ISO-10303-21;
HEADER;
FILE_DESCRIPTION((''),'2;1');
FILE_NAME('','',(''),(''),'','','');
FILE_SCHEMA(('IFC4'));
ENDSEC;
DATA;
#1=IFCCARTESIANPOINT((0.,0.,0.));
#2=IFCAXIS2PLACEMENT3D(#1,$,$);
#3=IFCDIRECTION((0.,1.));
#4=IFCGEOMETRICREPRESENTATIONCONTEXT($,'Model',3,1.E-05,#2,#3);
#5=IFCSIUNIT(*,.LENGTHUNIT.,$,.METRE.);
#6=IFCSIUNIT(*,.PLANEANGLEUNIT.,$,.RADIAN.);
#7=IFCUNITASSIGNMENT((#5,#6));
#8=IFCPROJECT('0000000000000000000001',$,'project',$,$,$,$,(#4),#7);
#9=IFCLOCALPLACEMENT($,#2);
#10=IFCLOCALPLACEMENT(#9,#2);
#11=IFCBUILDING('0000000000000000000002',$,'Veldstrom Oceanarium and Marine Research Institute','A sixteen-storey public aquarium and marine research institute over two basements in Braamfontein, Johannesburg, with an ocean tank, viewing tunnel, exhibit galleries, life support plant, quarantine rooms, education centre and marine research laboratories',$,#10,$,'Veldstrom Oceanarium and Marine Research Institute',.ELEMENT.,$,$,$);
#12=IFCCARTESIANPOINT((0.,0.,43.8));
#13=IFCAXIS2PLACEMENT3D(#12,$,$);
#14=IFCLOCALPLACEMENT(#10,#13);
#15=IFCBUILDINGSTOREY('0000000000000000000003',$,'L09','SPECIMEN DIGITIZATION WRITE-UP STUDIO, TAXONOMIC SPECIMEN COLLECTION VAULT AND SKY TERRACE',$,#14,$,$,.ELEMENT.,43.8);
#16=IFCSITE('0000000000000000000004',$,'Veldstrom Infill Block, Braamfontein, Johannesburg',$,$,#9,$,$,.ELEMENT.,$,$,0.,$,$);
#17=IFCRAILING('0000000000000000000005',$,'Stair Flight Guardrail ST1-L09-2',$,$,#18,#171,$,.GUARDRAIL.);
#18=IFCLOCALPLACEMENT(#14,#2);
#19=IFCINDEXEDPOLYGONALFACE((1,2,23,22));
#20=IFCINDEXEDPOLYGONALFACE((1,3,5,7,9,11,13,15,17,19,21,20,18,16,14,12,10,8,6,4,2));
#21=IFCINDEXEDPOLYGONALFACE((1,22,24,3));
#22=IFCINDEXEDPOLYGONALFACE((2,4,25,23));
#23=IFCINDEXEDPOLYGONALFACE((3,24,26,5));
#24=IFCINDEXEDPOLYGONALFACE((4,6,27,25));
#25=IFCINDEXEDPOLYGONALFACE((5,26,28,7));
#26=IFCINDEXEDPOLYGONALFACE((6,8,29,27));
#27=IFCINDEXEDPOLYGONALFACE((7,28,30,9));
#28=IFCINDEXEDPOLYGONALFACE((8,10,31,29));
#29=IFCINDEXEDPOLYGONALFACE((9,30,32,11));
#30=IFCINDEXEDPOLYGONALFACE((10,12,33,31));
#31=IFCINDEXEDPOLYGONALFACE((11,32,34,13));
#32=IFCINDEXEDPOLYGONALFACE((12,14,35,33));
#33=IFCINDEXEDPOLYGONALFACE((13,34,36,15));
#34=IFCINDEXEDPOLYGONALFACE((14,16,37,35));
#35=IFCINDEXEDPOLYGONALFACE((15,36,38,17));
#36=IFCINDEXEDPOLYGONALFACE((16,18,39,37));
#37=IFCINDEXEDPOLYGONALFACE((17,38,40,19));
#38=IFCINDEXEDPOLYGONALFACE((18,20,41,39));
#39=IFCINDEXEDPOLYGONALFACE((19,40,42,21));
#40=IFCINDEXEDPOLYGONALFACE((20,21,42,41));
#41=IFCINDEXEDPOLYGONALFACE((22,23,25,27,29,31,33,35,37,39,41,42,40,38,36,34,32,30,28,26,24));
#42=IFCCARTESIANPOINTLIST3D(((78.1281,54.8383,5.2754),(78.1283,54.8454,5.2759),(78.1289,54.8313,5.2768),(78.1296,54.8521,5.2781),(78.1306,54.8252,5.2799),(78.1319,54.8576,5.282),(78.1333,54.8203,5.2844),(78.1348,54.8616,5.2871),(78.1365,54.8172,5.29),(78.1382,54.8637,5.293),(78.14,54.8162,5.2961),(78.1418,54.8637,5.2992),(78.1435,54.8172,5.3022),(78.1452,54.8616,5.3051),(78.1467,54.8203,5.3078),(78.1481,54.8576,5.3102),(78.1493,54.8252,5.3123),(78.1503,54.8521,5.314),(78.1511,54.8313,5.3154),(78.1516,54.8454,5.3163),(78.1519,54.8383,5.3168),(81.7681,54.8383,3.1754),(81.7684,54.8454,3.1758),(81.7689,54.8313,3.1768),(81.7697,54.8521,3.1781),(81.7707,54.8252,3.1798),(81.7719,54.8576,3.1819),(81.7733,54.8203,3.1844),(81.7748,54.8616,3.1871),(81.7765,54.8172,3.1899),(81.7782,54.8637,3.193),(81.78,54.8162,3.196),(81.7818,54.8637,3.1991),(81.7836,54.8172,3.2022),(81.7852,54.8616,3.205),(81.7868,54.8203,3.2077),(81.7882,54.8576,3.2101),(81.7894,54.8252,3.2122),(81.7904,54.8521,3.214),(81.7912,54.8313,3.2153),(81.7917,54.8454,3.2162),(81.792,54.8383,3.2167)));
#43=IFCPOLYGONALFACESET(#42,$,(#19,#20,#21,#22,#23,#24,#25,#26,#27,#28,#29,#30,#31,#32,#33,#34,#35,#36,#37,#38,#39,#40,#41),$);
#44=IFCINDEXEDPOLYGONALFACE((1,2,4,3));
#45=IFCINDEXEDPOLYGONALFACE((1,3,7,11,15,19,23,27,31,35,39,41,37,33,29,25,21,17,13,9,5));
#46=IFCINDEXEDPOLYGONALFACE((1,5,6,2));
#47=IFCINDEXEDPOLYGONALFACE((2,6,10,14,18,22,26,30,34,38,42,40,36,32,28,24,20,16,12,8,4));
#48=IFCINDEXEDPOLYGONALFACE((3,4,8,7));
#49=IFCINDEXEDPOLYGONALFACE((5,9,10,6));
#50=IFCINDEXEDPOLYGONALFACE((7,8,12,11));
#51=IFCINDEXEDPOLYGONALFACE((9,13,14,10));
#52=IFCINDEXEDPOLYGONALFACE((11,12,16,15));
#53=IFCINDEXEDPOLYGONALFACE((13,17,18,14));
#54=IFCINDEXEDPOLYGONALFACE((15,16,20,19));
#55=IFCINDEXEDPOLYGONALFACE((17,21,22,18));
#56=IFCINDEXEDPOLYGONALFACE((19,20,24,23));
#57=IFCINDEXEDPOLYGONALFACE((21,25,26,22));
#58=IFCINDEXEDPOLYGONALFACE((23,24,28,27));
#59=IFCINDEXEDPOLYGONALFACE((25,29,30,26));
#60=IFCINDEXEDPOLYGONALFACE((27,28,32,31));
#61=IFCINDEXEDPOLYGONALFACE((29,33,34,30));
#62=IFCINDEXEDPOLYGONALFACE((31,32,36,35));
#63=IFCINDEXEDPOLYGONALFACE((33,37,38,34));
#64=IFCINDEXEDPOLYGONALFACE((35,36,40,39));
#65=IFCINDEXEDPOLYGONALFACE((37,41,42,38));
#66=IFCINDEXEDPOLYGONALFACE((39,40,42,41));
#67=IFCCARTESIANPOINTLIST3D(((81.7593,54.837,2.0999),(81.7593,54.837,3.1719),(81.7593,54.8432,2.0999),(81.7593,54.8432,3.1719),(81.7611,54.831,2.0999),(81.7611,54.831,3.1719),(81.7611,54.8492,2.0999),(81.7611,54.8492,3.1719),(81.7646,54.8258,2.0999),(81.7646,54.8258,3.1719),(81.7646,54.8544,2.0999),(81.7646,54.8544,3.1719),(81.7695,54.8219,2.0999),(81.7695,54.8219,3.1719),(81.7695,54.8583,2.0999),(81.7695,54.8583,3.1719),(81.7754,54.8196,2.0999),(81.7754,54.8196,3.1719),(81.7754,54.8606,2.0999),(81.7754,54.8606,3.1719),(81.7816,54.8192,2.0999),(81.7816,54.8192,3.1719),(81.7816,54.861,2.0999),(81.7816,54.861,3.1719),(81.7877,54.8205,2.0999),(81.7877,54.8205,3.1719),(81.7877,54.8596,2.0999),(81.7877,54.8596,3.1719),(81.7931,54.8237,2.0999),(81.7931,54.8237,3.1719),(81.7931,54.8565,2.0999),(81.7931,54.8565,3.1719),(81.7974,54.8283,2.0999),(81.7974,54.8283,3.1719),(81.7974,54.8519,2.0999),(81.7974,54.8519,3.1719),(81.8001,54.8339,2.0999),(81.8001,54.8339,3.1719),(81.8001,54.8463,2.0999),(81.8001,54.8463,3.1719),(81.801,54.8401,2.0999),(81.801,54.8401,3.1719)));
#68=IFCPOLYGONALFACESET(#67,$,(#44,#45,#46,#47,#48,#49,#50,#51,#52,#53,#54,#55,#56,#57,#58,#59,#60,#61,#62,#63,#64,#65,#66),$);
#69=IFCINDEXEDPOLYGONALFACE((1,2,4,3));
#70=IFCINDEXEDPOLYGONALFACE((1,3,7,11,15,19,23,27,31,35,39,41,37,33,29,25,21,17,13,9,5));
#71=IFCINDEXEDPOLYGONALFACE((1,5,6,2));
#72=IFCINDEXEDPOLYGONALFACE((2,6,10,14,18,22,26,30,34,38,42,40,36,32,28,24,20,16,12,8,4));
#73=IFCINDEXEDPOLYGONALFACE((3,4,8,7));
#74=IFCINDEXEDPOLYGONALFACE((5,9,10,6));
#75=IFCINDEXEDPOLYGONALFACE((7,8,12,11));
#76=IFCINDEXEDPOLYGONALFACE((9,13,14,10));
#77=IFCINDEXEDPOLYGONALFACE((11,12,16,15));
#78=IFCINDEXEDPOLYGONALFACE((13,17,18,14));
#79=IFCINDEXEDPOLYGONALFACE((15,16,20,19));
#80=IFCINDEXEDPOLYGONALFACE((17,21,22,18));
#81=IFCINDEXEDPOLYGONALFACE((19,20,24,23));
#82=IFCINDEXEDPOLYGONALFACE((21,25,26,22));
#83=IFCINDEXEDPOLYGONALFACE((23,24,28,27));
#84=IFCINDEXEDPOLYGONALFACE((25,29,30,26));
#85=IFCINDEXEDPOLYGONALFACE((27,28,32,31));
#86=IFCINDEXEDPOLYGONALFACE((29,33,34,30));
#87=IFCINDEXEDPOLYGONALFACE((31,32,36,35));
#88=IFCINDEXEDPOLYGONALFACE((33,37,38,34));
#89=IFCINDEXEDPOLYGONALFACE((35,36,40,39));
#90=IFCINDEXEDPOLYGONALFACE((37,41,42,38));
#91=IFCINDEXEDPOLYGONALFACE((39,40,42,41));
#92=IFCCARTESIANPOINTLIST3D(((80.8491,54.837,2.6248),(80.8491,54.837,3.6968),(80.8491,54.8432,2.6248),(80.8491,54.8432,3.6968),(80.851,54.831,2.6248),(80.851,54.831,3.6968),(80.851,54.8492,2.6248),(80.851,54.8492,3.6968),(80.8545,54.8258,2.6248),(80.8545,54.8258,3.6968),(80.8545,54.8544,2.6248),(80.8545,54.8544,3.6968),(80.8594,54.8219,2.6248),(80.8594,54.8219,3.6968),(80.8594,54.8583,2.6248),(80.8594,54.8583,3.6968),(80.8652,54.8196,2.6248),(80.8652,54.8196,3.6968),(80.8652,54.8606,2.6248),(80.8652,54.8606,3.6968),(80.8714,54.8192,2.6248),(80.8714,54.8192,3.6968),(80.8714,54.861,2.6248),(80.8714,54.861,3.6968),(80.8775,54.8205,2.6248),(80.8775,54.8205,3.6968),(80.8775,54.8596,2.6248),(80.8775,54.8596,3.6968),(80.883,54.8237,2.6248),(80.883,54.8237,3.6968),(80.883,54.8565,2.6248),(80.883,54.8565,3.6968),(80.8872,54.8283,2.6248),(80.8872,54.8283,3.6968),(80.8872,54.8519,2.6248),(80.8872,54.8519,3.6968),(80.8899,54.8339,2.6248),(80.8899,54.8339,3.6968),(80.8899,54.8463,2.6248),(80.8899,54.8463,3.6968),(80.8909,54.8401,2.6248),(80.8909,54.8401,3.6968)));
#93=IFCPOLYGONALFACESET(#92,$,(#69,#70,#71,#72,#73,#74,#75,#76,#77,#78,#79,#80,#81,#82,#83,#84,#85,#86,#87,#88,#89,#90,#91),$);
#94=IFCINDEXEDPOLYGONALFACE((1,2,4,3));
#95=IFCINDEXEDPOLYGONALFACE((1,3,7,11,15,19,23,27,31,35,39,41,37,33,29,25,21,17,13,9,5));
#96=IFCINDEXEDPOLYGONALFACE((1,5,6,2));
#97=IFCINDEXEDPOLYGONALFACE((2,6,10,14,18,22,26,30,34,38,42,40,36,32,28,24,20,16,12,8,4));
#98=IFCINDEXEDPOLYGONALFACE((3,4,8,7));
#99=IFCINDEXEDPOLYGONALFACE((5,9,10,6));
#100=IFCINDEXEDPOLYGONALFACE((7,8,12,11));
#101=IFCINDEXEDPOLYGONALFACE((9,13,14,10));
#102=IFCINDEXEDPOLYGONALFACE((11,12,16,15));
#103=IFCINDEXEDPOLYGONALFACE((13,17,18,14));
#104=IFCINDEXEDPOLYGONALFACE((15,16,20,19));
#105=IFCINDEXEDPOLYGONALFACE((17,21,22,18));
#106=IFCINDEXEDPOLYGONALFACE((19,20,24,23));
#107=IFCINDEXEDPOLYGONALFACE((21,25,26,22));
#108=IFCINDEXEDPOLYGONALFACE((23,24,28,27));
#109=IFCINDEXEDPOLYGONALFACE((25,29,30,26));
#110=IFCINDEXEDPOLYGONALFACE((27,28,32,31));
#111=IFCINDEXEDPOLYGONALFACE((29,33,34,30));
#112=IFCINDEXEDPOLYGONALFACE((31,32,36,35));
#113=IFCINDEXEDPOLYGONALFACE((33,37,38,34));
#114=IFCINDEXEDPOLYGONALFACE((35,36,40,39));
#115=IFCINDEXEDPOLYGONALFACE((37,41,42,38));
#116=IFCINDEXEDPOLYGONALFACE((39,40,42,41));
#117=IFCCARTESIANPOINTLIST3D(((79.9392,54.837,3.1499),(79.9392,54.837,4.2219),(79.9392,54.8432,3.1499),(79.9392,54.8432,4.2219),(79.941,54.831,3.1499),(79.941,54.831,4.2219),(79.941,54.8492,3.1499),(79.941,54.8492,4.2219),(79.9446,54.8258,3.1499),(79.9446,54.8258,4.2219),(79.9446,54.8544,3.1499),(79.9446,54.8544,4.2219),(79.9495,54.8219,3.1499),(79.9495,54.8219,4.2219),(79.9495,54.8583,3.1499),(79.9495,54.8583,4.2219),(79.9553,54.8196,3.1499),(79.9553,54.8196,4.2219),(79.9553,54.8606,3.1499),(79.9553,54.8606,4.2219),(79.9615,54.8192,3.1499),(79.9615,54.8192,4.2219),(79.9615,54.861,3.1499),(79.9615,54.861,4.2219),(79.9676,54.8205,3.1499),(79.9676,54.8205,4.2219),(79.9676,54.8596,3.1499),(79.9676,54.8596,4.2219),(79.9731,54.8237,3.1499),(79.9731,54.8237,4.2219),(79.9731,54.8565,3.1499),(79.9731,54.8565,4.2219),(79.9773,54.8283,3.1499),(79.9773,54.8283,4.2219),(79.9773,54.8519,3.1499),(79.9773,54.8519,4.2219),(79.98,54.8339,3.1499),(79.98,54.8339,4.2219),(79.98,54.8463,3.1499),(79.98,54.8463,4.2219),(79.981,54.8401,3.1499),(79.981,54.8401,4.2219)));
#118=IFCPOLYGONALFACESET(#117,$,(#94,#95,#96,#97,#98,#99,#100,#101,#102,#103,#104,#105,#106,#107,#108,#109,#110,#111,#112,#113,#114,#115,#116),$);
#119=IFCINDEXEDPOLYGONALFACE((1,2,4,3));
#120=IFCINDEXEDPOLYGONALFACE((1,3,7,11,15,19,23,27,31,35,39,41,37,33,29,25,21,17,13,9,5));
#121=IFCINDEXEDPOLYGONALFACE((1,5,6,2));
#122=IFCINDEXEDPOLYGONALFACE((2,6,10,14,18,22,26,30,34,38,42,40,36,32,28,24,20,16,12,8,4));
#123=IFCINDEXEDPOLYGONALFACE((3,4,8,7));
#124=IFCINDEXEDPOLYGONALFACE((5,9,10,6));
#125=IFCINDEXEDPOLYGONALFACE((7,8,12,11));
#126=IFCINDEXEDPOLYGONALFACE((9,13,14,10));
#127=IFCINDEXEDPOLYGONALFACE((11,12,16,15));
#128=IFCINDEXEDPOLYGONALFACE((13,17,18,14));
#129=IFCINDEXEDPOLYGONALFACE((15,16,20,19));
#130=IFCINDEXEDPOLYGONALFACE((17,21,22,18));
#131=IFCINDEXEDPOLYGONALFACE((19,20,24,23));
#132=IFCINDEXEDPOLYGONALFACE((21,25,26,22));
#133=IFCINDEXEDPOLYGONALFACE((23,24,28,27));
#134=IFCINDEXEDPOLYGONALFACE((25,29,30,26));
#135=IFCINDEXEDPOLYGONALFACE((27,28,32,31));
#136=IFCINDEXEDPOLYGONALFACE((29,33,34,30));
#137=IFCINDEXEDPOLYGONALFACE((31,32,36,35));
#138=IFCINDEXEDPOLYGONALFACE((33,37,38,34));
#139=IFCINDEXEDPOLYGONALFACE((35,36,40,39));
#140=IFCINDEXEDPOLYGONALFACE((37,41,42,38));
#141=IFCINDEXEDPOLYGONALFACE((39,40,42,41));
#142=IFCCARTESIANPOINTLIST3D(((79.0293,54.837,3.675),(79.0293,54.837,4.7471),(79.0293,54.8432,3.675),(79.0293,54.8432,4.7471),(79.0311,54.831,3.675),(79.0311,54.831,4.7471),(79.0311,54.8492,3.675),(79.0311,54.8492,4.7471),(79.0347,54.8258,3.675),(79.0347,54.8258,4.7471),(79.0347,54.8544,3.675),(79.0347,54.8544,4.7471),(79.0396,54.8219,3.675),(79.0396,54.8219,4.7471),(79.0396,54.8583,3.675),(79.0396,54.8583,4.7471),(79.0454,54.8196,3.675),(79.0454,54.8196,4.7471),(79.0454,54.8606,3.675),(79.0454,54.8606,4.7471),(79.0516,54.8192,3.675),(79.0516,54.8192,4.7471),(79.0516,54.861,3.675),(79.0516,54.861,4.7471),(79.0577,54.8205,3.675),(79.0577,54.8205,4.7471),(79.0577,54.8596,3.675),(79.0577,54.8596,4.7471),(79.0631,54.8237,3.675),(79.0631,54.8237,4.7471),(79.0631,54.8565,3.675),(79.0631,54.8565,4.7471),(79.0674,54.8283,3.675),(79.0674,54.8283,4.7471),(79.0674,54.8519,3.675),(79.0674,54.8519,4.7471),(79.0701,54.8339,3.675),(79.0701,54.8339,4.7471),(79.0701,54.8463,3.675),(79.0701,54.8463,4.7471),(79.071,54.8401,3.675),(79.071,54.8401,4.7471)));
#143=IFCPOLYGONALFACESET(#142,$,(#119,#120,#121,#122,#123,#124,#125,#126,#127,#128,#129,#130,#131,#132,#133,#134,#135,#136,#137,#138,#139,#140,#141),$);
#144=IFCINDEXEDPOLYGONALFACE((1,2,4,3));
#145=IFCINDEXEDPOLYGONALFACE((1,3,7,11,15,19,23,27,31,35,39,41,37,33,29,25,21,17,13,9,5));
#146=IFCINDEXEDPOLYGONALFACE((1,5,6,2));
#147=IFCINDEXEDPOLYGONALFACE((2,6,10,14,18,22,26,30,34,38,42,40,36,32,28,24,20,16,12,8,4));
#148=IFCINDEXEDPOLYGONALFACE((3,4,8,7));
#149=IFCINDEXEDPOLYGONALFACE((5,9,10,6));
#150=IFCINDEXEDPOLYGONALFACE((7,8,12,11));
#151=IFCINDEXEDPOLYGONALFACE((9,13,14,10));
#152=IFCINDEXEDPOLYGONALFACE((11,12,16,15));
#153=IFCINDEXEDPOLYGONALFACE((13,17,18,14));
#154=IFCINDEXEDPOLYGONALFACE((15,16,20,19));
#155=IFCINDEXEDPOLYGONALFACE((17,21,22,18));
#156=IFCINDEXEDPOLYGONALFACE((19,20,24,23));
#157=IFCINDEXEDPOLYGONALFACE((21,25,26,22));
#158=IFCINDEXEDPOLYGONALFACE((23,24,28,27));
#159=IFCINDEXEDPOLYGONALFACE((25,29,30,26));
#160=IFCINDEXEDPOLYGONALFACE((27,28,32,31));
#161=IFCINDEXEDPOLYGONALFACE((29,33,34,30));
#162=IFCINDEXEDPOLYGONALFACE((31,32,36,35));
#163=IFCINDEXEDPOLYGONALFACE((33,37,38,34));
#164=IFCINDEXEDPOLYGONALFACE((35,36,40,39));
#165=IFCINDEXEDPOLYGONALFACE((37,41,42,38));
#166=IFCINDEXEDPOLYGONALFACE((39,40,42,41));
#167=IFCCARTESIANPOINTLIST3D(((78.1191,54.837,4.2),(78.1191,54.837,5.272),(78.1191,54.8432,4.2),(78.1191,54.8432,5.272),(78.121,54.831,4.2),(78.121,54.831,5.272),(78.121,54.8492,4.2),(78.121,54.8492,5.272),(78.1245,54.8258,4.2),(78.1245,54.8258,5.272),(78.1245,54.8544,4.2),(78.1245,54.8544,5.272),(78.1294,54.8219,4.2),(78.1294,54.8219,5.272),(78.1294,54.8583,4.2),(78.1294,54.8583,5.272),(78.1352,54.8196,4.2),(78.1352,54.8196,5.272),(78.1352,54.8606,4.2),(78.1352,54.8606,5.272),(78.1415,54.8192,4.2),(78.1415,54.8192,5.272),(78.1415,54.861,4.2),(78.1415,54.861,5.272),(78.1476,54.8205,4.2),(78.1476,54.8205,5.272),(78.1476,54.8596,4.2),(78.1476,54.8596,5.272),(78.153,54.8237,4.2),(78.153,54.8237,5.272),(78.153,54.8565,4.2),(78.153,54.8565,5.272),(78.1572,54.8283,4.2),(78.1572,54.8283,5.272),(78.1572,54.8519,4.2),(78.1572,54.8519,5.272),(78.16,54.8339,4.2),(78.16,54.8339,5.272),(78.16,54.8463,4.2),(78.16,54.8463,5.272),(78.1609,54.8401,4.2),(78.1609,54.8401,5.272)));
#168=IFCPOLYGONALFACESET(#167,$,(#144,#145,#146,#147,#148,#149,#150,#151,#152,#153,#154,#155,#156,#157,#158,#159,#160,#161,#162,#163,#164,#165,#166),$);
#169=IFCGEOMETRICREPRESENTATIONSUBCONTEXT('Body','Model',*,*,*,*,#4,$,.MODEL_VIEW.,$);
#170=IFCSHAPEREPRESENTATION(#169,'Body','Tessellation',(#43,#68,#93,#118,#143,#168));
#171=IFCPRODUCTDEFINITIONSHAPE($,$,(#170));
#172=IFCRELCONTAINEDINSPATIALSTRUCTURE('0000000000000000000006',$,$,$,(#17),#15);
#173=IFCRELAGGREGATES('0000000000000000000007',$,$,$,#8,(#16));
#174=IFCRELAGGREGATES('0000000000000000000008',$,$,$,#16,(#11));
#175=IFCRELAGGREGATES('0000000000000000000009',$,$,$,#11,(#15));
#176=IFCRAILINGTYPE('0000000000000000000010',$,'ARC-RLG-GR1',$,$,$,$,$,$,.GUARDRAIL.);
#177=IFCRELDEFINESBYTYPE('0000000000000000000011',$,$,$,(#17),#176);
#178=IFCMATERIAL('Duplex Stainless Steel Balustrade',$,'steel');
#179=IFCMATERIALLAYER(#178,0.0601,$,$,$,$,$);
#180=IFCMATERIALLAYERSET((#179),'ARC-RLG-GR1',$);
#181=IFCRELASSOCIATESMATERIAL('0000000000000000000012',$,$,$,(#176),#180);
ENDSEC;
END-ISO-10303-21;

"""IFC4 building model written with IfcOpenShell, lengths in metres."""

from ifc_helpers import new_model, si_unit, direction, frame, origin, origin_2d, place, context, subcontext, project, spatial, circle, extrude, material, layer, layer_set, type_object, element, save


model = new_model("IFC4")

# Units and contexts
model_context = context("Model", 3, precision=1e-05, world=origin(), true_north=direction((0.0, 1.0)))
body_context = subcontext(model_context, "Body", "Model", "MODEL_VIEW")
ifc_project = project(units=[si_unit("LENGTHUNIT", "METRE"), si_unit("PLANEANGLEUNIT", "RADIAN")], contexts=[model_context])

# Site, building, storey
site_placement = place(None, origin())
site = spatial("IfcSite", under=ifc_project, at=site_placement, Name="Veldstrom Infill Block, Braamfontein, Johannesburg", CompositionType="ELEMENT", RefElevation=0.0)
building_placement = place(site_placement, origin())
building = spatial("IfcBuilding", under=site, at=building_placement, Name="Veldstrom Oceanarium and Marine Research Institute", Description="A sixteen-storey public aquarium and marine research institute over two basements in Braamfontein, Johannesburg, with an ocean tank, viewing tunnel, exhibit galleries, life support plant, quarantine rooms, education centre and marine research laboratories", LongName="Veldstrom Oceanarium and Marine Research Institute", CompositionType="ELEMENT")
storey_placement = place(building_placement, frame((0.0, 0.0, 43.8)))
storey = spatial("IfcBuildingStorey", under=building, at=storey_placement, Name="L09", Description="SPECIMEN DIGITIZATION WRITE-UP STUDIO, TAXONOMIC SPECIMEN COLLECTION VAULT AND SKY TERRACE", CompositionType="ELEMENT", Elevation=43.8)

# Railing
ifc_material_1 = material(Name="Duplex Stainless Steel Balustrade", Category="steel")
ifc_layer_1 = layer(ifc_material_1, 0.0601)
ifc_layer_set_1 = layer_set([ifc_layer_1], Name="ARC-RLG-GR1")
railing_type_1 = type_object("IfcRailingType", Name="ARC-RLG-GR1", PredefinedType="GUARDRAIL", material=ifc_layer_set_1)
railing_1_placement = place(storey_placement, frame((81.78, 54.8401, 2.0999)))
element("IfcRailing", 1, at=railing_1_placement, inside=storey, type_object=railing_type_1, Name="Stair Flight Guardrail ST1-L09-2", PredefinedType="GUARDRAIL", context=body_context, shape_type="SweptSolid", body=[
    extrude(circle(Radius=0.0239, at=origin_2d()), frame((0.0, 0.0, 1.0962), z_axis=(-0.866184, 0.0, 0.499726), x_axis=(0.0, -1.0, 0.0)), (0.0, 0.0, 1.0), 4.2024),
    extrude(circle(Radius=0.021, at=origin_2d()), origin(), (0.0, 0.0, 1.0), 1.072),
    extrude(circle(Radius=0.021, at=origin_2d()), frame((-0.9102, 0.0, 0.5249)), (0.0, 0.0, 1.0), 1.072),
    extrude(circle(Radius=0.021, at=origin_2d()), frame((-1.8201, 0.0, 1.05)), (0.0, 0.0, 1.0), 1.072),
    extrude(circle(Radius=0.021, at=origin_2d()), frame((-2.73, 0.0, 1.5752)), (0.0, 0.0, 1.0), 1.072),
    extrude(circle(Radius=0.021, at=origin_2d()), frame((-3.6401, 0.0, 2.1001)), (0.0, 0.0, 1.0), 1.072),
])

save(model, "model.ifc")
